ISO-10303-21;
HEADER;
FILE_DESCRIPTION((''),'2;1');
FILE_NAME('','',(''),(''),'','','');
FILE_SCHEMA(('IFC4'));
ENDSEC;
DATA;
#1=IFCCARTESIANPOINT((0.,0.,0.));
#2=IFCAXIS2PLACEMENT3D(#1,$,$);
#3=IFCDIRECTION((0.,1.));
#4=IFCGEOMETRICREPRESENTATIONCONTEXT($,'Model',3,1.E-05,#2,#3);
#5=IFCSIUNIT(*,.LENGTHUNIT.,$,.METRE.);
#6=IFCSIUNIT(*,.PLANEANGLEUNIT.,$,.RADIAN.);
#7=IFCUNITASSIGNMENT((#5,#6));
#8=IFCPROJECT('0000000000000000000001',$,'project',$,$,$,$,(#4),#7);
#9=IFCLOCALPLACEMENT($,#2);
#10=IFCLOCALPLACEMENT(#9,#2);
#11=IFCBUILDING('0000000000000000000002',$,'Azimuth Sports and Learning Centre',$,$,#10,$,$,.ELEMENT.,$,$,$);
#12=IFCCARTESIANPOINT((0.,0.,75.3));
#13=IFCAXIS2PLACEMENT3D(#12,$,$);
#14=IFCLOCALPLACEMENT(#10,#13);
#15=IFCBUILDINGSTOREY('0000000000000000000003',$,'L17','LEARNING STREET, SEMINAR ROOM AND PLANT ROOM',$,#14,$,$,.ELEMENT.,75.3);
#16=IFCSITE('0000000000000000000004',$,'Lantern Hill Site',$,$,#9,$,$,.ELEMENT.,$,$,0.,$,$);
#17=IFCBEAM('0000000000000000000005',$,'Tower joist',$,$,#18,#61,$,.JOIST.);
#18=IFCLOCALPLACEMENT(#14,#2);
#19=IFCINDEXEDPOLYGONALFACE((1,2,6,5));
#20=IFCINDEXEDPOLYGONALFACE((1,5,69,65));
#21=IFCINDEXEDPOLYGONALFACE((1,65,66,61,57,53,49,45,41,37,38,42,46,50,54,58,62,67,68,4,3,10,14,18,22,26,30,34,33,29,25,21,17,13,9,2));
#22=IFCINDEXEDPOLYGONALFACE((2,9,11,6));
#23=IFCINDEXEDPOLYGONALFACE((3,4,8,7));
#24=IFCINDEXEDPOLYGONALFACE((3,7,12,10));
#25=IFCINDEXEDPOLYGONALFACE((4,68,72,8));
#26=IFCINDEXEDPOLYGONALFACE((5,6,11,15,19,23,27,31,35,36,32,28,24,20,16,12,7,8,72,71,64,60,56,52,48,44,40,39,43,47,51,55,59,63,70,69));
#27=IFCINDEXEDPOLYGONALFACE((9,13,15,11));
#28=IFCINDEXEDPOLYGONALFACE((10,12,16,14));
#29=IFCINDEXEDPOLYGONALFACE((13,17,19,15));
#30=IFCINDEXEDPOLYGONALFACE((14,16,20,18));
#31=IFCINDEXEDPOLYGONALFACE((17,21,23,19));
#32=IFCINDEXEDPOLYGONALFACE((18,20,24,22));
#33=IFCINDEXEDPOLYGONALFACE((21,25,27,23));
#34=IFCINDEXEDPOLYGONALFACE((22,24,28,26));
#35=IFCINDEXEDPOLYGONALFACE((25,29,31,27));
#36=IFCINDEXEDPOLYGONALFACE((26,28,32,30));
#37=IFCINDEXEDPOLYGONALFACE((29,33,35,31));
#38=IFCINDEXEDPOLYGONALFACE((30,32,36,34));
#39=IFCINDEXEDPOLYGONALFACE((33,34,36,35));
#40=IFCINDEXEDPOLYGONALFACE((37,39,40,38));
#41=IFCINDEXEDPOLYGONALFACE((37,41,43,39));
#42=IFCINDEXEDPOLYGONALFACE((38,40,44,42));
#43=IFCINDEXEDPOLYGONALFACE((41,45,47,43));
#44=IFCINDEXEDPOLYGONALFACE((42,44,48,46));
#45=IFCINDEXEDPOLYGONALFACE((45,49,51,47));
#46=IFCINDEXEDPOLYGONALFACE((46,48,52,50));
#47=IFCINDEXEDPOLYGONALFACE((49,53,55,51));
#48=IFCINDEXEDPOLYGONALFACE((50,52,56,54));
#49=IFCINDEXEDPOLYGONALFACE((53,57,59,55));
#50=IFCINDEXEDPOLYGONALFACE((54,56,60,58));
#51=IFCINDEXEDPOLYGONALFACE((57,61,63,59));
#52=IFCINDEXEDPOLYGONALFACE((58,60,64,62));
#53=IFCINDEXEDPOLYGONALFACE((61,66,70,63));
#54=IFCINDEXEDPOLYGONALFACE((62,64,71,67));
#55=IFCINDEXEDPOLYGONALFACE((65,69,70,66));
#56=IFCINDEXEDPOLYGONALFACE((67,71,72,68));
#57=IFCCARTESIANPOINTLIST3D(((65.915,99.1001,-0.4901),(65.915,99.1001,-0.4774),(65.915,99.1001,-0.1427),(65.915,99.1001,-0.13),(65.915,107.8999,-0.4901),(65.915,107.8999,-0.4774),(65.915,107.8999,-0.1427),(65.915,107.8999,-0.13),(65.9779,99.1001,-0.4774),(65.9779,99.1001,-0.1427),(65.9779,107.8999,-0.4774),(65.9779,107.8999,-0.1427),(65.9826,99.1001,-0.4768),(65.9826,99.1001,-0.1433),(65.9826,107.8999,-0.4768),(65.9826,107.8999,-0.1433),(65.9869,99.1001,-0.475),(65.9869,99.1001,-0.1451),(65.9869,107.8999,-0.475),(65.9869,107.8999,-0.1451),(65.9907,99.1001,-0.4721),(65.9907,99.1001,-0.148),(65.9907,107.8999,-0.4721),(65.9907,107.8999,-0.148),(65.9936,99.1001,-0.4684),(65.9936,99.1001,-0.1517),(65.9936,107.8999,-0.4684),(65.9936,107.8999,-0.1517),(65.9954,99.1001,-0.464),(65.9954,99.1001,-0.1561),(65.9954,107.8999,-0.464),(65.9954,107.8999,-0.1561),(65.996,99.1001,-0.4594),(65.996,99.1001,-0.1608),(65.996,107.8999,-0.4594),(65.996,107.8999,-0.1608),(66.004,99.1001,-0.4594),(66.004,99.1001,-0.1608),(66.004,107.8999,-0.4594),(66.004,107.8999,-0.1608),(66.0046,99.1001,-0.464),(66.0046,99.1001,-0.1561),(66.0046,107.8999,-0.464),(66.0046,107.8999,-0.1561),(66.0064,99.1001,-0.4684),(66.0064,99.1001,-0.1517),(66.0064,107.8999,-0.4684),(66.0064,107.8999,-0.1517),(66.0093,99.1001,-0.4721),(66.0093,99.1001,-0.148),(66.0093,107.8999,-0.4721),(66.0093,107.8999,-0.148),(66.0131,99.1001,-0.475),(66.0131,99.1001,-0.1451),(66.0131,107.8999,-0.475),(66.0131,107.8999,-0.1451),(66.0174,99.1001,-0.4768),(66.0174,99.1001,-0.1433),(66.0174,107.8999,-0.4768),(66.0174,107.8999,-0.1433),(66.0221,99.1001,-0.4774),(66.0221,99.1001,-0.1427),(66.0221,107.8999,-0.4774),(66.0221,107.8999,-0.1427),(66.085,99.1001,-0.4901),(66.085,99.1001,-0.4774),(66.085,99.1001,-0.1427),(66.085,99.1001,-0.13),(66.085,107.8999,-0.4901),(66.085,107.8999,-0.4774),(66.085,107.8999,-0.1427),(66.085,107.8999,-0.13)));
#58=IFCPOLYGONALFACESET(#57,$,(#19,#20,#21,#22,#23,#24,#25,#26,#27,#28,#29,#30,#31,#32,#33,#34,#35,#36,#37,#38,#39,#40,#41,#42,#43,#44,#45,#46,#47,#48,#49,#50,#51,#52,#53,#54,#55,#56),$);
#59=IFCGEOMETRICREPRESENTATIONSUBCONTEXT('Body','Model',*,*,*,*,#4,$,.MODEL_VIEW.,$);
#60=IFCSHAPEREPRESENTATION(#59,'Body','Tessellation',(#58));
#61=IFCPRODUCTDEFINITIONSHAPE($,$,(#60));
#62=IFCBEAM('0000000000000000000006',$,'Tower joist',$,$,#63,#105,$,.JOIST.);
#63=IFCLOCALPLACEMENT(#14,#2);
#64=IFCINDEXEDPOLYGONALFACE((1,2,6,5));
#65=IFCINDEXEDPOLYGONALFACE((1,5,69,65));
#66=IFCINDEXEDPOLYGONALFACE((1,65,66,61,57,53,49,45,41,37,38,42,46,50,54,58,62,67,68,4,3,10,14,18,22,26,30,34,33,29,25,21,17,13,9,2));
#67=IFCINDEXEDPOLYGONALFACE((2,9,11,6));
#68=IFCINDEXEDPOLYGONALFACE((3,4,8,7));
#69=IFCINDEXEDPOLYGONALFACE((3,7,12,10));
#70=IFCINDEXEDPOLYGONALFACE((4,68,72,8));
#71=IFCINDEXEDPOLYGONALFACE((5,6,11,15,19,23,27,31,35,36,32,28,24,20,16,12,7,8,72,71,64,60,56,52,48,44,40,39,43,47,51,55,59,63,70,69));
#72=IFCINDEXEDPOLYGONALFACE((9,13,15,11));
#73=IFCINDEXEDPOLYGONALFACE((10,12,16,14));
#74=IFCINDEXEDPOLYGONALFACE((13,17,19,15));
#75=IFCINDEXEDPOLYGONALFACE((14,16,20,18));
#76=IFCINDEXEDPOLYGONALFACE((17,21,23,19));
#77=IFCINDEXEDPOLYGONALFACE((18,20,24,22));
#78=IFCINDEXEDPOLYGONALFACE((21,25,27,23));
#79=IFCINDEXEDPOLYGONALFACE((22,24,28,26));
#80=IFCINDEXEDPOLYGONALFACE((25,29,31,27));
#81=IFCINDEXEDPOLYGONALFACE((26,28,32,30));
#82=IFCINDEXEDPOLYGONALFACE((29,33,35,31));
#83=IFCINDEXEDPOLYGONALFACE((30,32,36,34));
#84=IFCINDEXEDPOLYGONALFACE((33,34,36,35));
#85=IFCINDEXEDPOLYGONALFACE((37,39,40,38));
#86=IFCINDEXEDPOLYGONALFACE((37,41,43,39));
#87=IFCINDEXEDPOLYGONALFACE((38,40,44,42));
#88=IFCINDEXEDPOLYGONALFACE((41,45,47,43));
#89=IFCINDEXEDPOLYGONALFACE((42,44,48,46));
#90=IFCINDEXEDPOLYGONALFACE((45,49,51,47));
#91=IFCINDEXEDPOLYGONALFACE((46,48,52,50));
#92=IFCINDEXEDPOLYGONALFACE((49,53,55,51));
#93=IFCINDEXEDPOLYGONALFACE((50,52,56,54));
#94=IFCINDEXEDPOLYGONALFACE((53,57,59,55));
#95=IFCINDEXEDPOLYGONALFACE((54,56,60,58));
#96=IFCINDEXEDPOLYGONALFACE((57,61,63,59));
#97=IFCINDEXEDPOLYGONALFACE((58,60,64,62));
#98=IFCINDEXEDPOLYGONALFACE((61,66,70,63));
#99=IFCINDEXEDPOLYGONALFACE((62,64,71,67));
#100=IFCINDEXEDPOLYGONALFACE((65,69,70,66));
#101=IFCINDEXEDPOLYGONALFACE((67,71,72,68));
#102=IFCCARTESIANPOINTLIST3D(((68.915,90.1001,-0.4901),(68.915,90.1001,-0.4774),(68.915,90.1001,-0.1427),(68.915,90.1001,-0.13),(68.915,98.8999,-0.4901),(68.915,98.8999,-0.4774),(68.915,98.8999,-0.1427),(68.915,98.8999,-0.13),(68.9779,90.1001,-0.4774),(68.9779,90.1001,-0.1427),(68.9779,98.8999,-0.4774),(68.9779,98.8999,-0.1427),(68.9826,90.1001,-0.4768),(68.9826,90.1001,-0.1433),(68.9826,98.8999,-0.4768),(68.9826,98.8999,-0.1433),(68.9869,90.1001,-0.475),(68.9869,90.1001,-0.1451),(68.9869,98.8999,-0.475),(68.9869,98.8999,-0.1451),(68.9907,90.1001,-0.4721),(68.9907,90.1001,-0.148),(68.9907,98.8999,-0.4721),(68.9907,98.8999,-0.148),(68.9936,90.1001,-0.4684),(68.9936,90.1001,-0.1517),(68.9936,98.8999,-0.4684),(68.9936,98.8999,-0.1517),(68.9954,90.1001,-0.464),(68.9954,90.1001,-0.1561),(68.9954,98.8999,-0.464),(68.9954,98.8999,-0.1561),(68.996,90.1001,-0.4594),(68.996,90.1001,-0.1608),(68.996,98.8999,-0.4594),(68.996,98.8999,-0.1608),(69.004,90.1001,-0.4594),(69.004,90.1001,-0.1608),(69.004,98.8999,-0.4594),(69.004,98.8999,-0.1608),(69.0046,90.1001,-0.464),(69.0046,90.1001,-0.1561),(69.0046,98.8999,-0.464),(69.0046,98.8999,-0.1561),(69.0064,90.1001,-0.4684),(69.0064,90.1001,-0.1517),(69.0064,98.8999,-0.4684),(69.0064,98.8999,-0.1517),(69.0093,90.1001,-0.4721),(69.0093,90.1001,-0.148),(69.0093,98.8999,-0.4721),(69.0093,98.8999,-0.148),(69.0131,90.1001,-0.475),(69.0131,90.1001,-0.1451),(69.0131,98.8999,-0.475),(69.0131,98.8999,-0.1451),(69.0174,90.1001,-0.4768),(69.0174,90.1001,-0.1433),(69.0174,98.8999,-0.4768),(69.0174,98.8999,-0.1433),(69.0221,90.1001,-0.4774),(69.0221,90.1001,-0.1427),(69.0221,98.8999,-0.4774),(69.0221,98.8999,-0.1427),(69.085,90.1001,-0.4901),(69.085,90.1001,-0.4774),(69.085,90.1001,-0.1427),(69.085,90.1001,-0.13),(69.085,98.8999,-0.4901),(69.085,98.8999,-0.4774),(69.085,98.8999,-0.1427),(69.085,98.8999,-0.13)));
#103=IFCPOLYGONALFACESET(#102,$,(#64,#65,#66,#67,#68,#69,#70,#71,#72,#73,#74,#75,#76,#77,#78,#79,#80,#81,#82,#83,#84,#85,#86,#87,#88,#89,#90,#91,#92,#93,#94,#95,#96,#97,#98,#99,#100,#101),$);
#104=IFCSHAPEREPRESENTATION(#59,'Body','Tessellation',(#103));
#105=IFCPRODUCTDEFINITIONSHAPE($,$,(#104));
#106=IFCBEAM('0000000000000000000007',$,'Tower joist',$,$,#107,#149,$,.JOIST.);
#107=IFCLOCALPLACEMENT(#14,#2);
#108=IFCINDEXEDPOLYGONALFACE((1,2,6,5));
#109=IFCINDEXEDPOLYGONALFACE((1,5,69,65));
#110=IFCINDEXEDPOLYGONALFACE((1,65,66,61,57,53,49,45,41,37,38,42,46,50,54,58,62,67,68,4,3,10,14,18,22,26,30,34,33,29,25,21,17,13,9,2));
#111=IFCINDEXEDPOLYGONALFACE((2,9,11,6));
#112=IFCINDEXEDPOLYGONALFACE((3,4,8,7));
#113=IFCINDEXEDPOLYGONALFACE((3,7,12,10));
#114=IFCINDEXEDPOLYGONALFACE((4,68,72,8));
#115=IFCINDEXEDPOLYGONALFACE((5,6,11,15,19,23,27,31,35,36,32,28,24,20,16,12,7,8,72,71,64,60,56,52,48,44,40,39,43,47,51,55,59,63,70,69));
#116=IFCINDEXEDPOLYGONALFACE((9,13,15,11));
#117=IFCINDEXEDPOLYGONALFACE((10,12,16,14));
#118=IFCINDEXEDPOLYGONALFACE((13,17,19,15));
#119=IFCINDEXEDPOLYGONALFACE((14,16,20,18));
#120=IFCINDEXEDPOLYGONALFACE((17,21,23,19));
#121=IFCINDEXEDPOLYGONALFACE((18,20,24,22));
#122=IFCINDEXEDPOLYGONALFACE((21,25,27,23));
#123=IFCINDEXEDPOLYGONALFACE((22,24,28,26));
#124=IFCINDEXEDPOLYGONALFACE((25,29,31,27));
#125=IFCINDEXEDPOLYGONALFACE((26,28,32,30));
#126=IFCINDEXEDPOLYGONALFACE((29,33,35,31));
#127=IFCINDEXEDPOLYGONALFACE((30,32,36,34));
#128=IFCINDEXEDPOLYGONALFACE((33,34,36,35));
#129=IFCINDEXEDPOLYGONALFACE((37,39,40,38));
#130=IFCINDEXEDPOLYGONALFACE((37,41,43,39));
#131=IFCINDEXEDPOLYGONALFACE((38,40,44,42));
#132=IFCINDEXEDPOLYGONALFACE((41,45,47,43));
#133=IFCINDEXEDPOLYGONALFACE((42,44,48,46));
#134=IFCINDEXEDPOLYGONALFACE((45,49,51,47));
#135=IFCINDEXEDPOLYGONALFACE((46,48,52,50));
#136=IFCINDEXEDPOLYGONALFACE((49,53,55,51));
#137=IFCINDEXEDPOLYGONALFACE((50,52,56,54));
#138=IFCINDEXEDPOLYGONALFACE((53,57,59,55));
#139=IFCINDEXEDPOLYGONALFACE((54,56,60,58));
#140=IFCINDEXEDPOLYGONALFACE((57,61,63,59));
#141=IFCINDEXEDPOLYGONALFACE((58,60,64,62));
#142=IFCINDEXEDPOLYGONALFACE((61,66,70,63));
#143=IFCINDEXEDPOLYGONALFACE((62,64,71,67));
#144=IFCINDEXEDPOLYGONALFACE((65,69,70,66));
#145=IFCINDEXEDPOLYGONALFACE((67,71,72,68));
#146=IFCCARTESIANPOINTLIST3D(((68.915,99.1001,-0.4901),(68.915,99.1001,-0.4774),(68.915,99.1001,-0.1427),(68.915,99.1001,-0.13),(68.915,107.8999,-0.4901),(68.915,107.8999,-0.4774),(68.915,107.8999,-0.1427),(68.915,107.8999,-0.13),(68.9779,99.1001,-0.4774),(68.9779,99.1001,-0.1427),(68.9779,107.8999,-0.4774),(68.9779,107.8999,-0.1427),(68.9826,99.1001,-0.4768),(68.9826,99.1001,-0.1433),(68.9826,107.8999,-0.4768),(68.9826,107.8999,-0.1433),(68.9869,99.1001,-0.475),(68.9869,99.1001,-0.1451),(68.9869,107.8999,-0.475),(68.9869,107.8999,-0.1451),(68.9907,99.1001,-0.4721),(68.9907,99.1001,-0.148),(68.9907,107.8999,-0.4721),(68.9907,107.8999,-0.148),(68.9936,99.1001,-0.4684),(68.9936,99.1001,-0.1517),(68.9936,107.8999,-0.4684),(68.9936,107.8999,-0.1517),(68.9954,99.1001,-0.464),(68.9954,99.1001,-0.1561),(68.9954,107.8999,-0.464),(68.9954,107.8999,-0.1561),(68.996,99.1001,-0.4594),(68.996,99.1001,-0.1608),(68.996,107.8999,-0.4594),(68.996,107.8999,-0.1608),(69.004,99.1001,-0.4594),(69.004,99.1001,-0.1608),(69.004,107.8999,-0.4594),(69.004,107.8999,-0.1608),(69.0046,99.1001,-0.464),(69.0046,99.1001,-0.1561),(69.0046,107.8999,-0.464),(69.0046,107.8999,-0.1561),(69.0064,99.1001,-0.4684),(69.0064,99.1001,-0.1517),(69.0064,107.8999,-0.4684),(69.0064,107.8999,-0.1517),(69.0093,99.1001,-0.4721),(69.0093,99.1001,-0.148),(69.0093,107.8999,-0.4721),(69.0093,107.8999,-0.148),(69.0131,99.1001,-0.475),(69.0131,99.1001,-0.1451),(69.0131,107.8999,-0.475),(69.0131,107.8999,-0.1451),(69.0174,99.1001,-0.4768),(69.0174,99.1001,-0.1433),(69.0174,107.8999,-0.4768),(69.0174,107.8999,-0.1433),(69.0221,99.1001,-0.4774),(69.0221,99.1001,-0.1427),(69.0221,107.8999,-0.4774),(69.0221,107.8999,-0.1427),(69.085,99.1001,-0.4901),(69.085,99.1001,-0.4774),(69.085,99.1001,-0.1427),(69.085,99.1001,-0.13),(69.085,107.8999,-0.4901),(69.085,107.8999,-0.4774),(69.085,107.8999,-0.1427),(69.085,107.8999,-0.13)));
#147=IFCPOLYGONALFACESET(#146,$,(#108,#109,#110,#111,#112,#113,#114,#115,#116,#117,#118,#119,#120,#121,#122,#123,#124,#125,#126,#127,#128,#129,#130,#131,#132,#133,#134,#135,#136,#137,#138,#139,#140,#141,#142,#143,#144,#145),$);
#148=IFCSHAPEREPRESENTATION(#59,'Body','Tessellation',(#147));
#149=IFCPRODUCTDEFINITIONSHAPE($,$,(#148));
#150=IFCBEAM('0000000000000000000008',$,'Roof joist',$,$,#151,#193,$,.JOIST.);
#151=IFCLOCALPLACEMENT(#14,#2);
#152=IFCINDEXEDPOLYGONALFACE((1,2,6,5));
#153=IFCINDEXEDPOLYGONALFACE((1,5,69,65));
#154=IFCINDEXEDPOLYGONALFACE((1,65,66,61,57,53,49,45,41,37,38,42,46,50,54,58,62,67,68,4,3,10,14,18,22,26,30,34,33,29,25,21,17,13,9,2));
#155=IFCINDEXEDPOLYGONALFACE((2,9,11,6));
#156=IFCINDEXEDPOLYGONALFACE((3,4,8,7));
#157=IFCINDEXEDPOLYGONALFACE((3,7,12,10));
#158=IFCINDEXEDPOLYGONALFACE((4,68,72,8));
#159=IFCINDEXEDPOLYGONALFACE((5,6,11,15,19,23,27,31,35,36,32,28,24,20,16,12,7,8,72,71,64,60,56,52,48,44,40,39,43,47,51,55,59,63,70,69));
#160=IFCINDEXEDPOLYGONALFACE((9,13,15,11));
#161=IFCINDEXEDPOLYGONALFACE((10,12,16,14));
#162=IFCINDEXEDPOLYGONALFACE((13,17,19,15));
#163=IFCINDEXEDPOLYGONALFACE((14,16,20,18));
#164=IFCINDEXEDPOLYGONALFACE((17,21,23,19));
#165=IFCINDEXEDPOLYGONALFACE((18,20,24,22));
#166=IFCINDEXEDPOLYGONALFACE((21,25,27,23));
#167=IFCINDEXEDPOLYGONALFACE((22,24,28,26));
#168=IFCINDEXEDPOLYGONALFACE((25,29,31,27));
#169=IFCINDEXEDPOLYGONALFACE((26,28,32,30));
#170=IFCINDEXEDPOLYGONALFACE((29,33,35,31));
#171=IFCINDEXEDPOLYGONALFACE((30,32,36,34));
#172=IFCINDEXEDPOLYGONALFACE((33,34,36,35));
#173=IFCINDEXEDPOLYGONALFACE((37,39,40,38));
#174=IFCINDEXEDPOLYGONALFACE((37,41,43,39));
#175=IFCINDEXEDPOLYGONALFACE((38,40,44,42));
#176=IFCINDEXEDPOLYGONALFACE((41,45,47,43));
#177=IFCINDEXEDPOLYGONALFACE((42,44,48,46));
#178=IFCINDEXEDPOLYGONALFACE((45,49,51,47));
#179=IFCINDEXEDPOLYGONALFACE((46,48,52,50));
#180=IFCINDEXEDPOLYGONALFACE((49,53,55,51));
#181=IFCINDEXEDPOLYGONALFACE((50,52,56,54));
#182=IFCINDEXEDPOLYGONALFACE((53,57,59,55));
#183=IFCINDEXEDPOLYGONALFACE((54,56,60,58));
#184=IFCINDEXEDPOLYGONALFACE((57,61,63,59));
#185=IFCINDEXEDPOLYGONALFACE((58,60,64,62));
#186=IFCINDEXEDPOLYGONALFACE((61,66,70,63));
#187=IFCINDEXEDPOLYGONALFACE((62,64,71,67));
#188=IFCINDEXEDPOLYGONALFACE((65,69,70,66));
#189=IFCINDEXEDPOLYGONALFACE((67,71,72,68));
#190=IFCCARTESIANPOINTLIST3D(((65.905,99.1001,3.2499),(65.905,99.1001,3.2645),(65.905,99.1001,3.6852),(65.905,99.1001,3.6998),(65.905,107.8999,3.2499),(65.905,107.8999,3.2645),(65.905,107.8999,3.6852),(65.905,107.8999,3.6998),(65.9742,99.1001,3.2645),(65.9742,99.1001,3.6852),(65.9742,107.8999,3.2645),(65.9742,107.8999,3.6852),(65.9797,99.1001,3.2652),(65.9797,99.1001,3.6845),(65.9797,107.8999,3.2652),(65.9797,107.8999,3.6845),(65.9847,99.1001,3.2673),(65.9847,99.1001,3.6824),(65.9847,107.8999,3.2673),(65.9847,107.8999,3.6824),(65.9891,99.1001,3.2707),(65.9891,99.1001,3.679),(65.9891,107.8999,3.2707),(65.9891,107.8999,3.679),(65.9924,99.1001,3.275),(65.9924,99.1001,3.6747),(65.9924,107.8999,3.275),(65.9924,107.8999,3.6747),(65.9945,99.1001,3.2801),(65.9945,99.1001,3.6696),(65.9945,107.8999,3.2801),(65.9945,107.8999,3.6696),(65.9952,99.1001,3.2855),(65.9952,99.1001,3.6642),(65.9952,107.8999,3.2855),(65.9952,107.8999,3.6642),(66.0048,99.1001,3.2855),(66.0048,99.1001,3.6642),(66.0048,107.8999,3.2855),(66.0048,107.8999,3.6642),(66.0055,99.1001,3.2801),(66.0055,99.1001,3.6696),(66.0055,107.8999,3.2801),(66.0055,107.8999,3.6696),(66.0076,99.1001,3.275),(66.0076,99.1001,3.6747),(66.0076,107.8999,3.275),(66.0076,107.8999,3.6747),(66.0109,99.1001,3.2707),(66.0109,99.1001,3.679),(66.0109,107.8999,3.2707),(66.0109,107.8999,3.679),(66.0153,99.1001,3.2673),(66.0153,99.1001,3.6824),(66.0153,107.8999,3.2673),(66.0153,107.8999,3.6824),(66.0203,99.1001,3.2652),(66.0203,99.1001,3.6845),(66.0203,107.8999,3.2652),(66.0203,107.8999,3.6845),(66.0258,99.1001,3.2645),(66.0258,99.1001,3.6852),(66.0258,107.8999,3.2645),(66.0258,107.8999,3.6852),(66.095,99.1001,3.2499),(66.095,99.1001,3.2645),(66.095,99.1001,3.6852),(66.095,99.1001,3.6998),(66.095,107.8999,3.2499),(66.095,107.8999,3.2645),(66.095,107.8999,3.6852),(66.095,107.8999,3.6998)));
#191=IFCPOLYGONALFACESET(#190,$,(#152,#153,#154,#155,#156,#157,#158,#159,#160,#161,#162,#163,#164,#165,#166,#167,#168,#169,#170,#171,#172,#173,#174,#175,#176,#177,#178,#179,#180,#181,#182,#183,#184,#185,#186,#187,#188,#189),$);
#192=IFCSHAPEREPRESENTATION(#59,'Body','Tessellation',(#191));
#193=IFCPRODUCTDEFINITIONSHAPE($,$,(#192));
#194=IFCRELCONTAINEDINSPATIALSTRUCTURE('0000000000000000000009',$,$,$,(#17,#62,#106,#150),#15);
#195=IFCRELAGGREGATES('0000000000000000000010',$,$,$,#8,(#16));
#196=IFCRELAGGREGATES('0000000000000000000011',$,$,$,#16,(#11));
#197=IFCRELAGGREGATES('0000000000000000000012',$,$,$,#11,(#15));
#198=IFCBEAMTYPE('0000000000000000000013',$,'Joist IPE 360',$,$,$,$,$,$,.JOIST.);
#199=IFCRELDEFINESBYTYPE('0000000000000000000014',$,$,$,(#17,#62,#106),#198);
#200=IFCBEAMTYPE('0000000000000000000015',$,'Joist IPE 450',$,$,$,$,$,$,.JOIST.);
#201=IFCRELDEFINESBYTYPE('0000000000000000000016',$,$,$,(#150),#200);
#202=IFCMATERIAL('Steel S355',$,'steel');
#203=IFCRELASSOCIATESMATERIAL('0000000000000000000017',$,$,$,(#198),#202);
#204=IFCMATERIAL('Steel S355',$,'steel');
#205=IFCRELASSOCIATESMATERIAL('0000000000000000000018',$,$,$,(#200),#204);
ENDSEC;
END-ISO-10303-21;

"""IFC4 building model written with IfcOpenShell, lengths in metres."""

from ifc_helpers import new_model, si_unit, direction, frame, origin, origin_2d, place, context, subcontext, project, spatial, i_section, extrude, material, material_profile, profile_set, type_object, element, save


model = new_model("IFC4")

# Units and contexts
model_context = context("Model", 3, precision=1e-05, world=origin(), true_north=direction((0.0, 1.0)))
body_context = subcontext(model_context, "Body", "Model", "MODEL_VIEW")
ifc_project = project(units=[si_unit("LENGTHUNIT", "METRE"), si_unit("PLANEANGLEUNIT", "RADIAN")], contexts=[model_context])

# Site, building, storey
site_placement = place(None, origin())
site = spatial("IfcSite", under=ifc_project, at=site_placement, Name="Lantern Hill Site", CompositionType="ELEMENT", RefElevation=0.0)
building_placement = place(site_placement, origin())
building = spatial("IfcBuilding", under=site, at=building_placement, Name="Azimuth Sports and Learning Centre", CompositionType="ELEMENT")
storey_placement = place(building_placement, frame((0.0, 0.0, 75.3)))
storey = spatial("IfcBuildingStorey", under=building, at=storey_placement, Name="L17", Description="LEARNING STREET, SEMINAR ROOM AND PLANT ROOM", CompositionType="ELEMENT", Elevation=75.3)

# Beams
ifc_material_1 = material(Name="Steel S355", Category="steel")
ifc_material_profile_1 = material_profile(ifc_material_1, i_section(OverallWidth=0.1699, OverallDepth=0.3601, WebThickness=0.0081, FlangeThickness=0.0127, FilletRadius=0.0181, at=origin_2d()), Name="IPE 360")
ifc_profile_set_1 = profile_set([ifc_material_profile_1], Name="Steel S355")
beam_type_1 = type_object("IfcBeamType", Name="Joist IPE 360", PredefinedType="JOIST", material=ifc_profile_set_1)
for number, where, z_axis, x_axis, name in (
    (1, (66.0, 99.1001, -0.3101), (0.0, 1.0, 0.0), (-1.0, 0.0, 0.0), "Tower joist"),
    (2, (69.0, 90.1001, -0.3101), (0.0, 1.0, 0.0), (-1.0, 0.0, 0.0), "Tower joist"),
    (3, (69.0, 99.1001, -0.3101), (0.0, 1.0, 0.0), (-1.0, 0.0, 0.0), "Tower joist"),
):
    element("IfcBeam", number, at=place(storey_placement, frame(where, z_axis=z_axis, x_axis=x_axis)), inside=storey, type_object=beam_type_1, Name=name, PredefinedType="JOIST", context=body_context, shape_type="SweptSolid", body=[
        extrude(i_section(OverallWidth=0.1699, OverallDepth=0.3601, WebThickness=0.0081, FlangeThickness=0.0127, FilletRadius=0.0181, at=origin_2d()), origin(), (0.0, 0.0, 1.0), 8.7998),
    ])
ifc_material_2 = material(Name="Steel S355", Category="steel")
ifc_material_profile_2 = material_profile(ifc_material_2, i_section(OverallWidth=0.1899, OverallDepth=0.45, WebThickness=0.0095, FlangeThickness=0.0146, FilletRadius=0.021, at=origin_2d()), Name="IPE 450")
ifc_profile_set_2 = profile_set([ifc_material_profile_2], Name="Steel S355")
beam_type_2 = type_object("IfcBeamType", Name="Joist IPE 450", PredefinedType="JOIST", material=ifc_profile_set_2)
for number, where, z_axis, x_axis, name in (
    (4, (66.0, 99.1001, 3.4749), (0.0, 1.0, 0.0), (-1.0, 0.0, 0.0), "Roof joist"),
):
    element("IfcBeam", number, at=place(storey_placement, frame(where, z_axis=z_axis, x_axis=x_axis)), inside=storey, type_object=beam_type_2, Name=name, PredefinedType="JOIST", context=body_context, shape_type="SweptSolid", body=[
        extrude(i_section(OverallWidth=0.1899, OverallDepth=0.45, WebThickness=0.0095, FlangeThickness=0.0146, FilletRadius=0.021, at=origin_2d()), origin(), (0.0, 0.0, 1.0), 8.7998),
    ])

save(model, "model.ifc")
